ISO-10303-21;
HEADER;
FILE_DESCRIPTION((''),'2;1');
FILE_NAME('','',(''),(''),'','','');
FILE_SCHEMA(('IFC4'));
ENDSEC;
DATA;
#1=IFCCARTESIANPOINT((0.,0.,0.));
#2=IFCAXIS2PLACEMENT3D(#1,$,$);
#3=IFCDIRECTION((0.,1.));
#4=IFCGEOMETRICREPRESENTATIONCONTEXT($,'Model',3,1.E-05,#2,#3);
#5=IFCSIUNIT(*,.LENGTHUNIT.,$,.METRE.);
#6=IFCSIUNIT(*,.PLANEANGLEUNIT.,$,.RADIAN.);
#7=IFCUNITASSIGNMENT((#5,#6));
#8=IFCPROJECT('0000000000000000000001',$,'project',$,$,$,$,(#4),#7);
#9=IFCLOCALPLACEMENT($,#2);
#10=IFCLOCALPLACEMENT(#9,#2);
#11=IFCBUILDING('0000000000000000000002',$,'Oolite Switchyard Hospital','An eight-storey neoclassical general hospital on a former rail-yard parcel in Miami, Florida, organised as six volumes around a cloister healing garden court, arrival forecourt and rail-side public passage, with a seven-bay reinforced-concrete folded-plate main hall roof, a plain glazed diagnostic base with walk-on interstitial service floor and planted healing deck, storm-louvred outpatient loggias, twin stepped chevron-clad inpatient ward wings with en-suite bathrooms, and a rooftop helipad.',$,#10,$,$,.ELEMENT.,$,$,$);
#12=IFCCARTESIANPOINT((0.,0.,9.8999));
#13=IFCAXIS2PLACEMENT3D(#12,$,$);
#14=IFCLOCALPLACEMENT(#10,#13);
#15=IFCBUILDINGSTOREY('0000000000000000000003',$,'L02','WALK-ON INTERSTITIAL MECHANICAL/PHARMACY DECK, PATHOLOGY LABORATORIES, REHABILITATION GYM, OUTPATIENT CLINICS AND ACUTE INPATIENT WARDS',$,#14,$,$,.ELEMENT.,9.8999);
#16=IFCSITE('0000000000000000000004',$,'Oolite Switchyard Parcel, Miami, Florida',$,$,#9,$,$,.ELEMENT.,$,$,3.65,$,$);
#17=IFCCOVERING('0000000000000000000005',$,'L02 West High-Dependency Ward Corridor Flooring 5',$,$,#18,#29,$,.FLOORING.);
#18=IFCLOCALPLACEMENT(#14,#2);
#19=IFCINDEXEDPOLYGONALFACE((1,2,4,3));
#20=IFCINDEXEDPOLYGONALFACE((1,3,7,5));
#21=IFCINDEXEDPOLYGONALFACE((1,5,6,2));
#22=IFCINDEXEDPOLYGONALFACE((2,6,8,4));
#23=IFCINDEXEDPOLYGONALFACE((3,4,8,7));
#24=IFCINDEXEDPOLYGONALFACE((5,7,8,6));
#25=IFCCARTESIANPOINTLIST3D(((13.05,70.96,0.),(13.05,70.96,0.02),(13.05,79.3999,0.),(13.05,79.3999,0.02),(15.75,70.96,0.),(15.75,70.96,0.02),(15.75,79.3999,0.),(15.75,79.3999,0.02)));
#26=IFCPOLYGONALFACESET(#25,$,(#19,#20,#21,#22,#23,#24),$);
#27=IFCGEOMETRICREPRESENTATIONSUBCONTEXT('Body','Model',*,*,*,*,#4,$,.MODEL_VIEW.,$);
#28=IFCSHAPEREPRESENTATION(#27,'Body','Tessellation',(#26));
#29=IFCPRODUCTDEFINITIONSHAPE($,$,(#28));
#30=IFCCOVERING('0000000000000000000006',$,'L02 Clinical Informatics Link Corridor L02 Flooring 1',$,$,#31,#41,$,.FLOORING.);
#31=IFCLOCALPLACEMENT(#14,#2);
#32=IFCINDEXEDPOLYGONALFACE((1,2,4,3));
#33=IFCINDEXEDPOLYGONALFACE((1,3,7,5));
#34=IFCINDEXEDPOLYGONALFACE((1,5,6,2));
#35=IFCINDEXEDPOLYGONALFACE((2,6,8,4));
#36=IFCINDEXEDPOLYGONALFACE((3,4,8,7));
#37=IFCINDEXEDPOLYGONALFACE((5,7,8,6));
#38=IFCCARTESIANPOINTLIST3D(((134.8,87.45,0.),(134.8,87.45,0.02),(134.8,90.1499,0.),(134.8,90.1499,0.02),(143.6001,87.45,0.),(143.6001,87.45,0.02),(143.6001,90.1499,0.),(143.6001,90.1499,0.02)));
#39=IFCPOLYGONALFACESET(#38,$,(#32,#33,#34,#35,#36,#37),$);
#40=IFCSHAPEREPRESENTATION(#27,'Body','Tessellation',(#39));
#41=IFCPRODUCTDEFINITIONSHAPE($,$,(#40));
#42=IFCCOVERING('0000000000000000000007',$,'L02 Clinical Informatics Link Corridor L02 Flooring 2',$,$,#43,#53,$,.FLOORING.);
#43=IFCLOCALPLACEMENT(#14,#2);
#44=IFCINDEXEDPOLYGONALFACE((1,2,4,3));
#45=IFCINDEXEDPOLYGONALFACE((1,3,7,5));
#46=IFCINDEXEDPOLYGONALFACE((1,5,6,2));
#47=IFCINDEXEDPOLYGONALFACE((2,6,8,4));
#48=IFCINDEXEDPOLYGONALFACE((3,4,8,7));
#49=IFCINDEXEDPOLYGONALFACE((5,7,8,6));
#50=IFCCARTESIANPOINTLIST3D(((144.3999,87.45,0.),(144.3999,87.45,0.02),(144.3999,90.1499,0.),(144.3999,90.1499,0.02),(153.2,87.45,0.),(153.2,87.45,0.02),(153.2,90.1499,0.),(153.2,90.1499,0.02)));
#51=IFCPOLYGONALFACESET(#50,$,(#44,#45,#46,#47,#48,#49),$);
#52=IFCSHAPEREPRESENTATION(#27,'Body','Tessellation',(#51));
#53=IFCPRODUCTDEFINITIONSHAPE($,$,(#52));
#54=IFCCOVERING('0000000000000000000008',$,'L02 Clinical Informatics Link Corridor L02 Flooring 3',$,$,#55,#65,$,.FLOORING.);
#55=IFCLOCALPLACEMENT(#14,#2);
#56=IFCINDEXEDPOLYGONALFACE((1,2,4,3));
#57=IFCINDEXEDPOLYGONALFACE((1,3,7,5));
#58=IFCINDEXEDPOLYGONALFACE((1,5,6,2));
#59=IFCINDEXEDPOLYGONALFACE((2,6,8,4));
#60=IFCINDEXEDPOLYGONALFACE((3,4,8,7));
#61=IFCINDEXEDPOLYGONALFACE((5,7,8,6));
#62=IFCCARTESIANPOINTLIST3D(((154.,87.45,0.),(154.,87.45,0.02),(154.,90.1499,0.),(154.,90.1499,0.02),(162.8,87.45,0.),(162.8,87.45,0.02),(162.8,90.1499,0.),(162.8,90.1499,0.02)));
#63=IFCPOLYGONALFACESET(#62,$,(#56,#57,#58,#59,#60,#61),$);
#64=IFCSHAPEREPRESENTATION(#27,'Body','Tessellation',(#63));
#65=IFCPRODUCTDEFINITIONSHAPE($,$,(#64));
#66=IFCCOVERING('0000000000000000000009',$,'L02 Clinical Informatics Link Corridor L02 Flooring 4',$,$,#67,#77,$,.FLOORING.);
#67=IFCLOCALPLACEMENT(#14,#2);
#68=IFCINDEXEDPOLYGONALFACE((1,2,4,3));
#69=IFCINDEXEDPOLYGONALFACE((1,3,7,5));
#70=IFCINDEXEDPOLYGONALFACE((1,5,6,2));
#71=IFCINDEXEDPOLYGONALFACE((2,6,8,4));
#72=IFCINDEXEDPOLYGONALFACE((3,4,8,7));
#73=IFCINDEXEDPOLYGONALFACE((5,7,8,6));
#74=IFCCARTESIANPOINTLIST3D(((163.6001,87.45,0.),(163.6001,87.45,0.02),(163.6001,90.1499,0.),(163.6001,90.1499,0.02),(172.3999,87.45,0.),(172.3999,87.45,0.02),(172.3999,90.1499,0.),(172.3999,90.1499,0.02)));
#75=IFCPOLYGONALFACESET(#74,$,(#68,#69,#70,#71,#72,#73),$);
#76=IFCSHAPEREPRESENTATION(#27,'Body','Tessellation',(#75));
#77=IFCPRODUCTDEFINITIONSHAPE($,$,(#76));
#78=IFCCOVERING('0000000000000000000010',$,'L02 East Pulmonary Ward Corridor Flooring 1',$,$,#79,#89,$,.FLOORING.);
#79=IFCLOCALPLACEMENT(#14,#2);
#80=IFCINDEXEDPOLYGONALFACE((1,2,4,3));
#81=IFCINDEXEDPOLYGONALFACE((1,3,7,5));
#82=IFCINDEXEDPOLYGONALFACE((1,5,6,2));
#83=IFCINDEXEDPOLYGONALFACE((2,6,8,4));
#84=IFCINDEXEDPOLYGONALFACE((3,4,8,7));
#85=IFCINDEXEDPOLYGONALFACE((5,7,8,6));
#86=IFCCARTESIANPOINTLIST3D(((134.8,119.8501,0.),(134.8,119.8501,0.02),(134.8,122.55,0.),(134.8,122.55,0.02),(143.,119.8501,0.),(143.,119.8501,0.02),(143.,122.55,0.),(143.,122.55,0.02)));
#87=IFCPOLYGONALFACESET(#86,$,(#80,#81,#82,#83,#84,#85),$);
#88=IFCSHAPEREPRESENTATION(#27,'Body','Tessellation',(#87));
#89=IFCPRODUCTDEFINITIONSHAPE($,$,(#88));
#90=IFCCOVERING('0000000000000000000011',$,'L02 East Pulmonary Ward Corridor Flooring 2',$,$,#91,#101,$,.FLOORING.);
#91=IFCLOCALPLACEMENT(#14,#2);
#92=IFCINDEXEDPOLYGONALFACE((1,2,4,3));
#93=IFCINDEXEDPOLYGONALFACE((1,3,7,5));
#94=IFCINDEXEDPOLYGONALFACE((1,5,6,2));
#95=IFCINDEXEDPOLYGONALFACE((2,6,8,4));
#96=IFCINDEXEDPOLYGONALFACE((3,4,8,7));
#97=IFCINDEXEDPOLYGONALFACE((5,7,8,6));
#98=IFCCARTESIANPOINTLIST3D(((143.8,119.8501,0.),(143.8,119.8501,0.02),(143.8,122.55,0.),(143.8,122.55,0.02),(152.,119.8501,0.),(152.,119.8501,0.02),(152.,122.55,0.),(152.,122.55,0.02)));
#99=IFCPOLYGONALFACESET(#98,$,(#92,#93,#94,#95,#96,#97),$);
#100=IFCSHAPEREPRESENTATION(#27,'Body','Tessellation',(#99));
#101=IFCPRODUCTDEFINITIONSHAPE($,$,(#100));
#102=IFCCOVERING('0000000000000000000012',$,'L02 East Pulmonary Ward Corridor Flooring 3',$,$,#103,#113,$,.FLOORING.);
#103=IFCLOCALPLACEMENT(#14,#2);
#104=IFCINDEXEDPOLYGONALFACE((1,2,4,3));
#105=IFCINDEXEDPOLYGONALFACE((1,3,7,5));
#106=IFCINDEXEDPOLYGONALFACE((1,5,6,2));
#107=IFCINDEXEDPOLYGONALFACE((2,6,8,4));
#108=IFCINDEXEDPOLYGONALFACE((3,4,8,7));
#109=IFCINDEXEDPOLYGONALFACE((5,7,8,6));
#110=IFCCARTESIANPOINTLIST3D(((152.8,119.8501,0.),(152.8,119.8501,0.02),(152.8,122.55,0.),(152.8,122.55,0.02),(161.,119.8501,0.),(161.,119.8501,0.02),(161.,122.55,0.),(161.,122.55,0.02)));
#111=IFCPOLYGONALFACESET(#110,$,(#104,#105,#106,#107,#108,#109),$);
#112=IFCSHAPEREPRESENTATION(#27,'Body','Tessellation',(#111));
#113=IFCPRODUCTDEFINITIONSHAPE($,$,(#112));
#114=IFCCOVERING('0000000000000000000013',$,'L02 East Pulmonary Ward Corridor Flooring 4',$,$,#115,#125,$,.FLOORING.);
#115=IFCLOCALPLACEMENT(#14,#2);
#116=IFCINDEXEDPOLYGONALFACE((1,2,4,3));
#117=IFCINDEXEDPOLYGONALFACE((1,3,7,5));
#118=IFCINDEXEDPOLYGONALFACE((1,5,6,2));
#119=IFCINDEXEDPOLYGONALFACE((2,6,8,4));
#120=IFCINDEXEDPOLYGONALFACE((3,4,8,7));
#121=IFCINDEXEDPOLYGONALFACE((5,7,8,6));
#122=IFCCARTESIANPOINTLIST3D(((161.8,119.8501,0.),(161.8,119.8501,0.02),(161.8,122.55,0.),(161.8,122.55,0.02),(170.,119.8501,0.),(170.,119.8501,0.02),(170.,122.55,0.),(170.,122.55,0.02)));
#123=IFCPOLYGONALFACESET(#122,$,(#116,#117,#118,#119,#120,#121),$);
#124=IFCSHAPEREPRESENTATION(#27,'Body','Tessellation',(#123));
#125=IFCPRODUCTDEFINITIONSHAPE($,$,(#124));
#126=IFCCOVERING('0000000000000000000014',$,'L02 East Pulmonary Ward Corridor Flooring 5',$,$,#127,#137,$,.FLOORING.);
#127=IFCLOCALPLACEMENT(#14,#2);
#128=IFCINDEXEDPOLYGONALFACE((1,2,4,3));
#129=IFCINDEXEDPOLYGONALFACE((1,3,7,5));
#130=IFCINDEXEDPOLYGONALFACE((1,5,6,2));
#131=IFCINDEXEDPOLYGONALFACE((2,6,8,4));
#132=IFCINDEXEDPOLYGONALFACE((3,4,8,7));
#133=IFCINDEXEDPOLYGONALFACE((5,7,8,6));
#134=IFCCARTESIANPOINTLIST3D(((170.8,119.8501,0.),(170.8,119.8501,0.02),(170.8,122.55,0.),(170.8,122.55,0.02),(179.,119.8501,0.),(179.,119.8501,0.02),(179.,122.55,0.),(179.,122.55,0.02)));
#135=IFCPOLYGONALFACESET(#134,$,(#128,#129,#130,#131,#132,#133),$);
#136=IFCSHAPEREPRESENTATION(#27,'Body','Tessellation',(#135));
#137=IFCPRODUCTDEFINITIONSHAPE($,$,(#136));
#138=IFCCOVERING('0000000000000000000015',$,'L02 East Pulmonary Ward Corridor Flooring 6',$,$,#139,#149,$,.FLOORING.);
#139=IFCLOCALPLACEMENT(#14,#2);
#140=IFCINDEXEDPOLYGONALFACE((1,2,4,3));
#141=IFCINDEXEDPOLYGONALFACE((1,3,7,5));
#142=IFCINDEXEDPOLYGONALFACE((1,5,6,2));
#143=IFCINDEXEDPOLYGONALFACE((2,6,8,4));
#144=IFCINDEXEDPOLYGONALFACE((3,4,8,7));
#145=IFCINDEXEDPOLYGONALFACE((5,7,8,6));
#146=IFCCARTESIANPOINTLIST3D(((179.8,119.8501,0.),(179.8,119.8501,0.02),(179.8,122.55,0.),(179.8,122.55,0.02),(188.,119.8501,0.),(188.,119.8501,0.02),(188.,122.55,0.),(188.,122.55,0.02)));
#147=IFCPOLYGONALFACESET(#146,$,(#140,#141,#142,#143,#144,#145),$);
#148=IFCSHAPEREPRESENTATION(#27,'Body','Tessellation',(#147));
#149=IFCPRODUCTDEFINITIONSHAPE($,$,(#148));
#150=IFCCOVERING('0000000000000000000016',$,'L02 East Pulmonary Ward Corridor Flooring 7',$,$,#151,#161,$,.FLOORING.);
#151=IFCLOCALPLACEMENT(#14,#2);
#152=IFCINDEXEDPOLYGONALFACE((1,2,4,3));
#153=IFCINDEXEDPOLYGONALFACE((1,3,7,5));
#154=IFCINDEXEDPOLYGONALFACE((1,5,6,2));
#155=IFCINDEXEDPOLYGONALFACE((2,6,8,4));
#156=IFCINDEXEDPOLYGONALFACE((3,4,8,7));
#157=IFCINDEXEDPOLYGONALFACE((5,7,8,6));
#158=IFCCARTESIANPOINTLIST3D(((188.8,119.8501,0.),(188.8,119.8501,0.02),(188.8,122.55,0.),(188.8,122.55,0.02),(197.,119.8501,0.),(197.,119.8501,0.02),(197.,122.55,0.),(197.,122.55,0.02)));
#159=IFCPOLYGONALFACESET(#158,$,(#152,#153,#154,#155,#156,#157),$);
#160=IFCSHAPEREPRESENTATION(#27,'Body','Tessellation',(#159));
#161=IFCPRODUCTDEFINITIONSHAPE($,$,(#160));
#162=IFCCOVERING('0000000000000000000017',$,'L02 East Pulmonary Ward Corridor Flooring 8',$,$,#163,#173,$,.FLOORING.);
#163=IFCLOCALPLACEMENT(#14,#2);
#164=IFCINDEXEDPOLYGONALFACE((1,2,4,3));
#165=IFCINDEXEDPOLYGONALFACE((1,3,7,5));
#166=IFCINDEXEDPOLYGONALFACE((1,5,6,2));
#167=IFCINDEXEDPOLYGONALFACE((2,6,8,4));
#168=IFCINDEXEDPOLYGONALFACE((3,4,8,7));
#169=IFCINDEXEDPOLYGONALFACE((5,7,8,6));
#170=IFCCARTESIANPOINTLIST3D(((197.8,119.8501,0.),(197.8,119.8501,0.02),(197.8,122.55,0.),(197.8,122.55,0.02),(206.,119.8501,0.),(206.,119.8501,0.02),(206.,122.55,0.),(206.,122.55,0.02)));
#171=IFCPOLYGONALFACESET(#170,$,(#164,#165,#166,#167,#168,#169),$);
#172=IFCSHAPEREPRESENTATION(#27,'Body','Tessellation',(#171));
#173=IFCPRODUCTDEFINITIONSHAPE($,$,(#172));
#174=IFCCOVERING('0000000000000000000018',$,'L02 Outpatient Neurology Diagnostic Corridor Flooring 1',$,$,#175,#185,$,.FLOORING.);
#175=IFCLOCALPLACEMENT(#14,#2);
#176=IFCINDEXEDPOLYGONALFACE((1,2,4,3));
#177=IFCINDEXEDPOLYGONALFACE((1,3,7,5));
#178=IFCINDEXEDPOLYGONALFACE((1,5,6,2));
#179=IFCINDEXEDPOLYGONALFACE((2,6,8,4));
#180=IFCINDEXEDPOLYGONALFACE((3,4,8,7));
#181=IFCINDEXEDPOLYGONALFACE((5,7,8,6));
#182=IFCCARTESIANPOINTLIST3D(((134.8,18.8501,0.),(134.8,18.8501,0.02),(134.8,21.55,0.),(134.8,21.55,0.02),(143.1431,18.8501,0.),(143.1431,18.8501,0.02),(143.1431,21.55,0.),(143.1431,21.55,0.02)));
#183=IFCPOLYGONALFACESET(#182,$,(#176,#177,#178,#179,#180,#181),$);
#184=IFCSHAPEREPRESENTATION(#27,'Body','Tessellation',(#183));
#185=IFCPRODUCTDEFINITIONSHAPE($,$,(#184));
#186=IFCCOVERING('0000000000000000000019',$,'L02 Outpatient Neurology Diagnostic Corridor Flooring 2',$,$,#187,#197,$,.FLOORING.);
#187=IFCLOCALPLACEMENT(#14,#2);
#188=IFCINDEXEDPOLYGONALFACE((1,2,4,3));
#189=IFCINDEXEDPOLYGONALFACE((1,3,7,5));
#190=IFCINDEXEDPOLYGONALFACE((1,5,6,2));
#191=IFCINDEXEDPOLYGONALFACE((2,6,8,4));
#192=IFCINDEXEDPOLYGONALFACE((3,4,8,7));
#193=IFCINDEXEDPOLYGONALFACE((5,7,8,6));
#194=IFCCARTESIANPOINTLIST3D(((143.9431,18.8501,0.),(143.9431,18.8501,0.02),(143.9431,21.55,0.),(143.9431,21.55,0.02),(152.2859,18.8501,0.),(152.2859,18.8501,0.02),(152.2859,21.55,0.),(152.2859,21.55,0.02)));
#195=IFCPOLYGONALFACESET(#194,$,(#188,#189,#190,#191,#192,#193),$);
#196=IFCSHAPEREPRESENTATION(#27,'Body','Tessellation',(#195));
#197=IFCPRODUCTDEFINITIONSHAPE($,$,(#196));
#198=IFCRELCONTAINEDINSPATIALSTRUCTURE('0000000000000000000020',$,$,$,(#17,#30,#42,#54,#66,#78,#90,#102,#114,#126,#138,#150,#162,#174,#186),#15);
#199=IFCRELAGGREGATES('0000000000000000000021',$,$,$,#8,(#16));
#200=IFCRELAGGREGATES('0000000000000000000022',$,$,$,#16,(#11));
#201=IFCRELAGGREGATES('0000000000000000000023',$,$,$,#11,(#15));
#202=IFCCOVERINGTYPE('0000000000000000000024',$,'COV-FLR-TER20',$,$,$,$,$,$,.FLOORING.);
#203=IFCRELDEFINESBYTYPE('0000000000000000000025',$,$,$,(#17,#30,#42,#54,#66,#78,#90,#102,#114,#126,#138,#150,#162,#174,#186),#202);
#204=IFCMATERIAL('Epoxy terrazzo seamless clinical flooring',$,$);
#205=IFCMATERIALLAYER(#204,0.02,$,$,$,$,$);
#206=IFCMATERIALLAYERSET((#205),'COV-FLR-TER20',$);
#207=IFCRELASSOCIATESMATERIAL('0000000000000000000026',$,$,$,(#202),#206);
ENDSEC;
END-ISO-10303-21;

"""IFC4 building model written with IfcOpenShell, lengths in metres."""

from ifc_helpers import new_model, si_unit, direction, frame, origin, place, context, subcontext, project, spatial, polyline, outline, extrude, material, layer, layer_set, type_object, element, save


model = new_model("IFC4")

# Units and contexts
model_context = context("Model", 3, precision=1e-05, world=origin(), true_north=direction((0.0, 1.0)))
body_context = subcontext(model_context, "Body", "Model", "MODEL_VIEW")
ifc_project = project(units=[si_unit("LENGTHUNIT", "METRE"), si_unit("PLANEANGLEUNIT", "RADIAN")], contexts=[model_context])

# Site, building, storey
site_placement = place(None, origin())
site = spatial("IfcSite", under=ifc_project, at=site_placement, Name="Oolite Switchyard Parcel, Miami, Florida", CompositionType="ELEMENT", RefElevation=3.65)
building_placement = place(site_placement, origin())
building = spatial("IfcBuilding", under=site, at=building_placement, Name="Oolite Switchyard Hospital", Description="An eight-storey neoclassical general hospital on a former rail-yard parcel in Miami, Florida, organised as six volumes around a cloister healing garden court, arrival forecourt and rail-side public passage, with a seven-bay reinforced-concrete folded-plate main hall roof, a plain glazed diagnostic base with walk-on interstitial service floor and planted healing deck, storm-louvred outpatient loggias, twin stepped chevron-clad inpatient ward wings with en-suite bathrooms, and a rooftop helipad.", CompositionType="ELEMENT")
storey_placement = place(building_placement, frame((0.0, 0.0, 9.8999)))
storey = spatial("IfcBuildingStorey", under=building, at=storey_placement, Name="L02", Description="WALK-ON INTERSTITIAL MECHANICAL/PHARMACY DECK, PATHOLOGY LABORATORIES, REHABILITATION GYM, OUTPATIENT CLINICS AND ACUTE INPATIENT WARDS", CompositionType="ELEMENT", Elevation=9.8999)

# Coverings
ifc_material = material(Name="Epoxy terrazzo seamless clinical flooring")
ifc_layer = layer(ifc_material, 0.02)
ifc_layer_set = layer_set([ifc_layer], Name="COV-FLR-TER20")
covering_type = type_object("IfcCoveringType", Name="COV-FLR-TER20", PredefinedType="FLOORING", material=ifc_layer_set)
covering_1_placement = place(storey_placement, origin())
element("IfcCovering", 1, at=covering_1_placement, inside=storey, type_object=covering_type, Name="L02 West High-Dependency Ward Corridor Flooring 5", PredefinedType="FLOORING", context=body_context, shape_type="SweptSolid", body=[
    extrude(outline(polyline([(13.05, 70.96), (15.75, 70.96), (15.75, 79.3999), (13.05, 79.3999), (13.05, 70.96)])), origin(), (0.0, 0.0, 1.0), 0.02),
])
covering_2_placement = place(storey_placement, origin())
element("IfcCovering", 2, at=covering_2_placement, inside=storey, type_object=covering_type, Name="L02 Clinical Informatics Link Corridor L02 Flooring 1", PredefinedType="FLOORING", context=body_context, shape_type="SweptSolid", body=[
    extrude(outline(polyline([(134.8, 87.45), (143.6001, 87.45), (143.6001, 90.1499), (134.8, 90.1499), (134.8, 87.45)])), origin(), (0.0, 0.0, 1.0), 0.02),
])
covering_3_placement = place(storey_placement, origin())
element("IfcCovering", 3, at=covering_3_placement, inside=storey, type_object=covering_type, Name="L02 Clinical Informatics Link Corridor L02 Flooring 2", PredefinedType="FLOORING", context=body_context, shape_type="SweptSolid", body=[
    extrude(outline(polyline([(144.3999, 87.45), (153.2, 87.45), (153.2, 90.1499), (144.3999, 90.1499), (144.3999, 87.45)])), origin(), (0.0, 0.0, 1.0), 0.02),
])
covering_4_placement = place(storey_placement, origin())
element("IfcCovering", 4, at=covering_4_placement, inside=storey, type_object=covering_type, Name="L02 Clinical Informatics Link Corridor L02 Flooring 3", PredefinedType="FLOORING", context=body_context, shape_type="SweptSolid", body=[
    extrude(outline(polyline([(154.0, 87.45), (162.8, 87.45), (162.8, 90.1499), (154.0, 90.1499), (154.0, 87.45)])), origin(), (0.0, 0.0, 1.0), 0.02),
])
covering_5_placement = place(storey_placement, origin())
element("IfcCovering", 5, at=covering_5_placement, inside=storey, type_object=covering_type, Name="L02 Clinical Informatics Link Corridor L02 Flooring 4", PredefinedType="FLOORING", context=body_context, shape_type="SweptSolid", body=[
    extrude(outline(polyline([(163.6001, 87.45), (172.3999, 87.45), (172.3999, 90.1499), (163.6001, 90.1499), (163.6001, 87.45)])), origin(), (0.0, 0.0, 1.0), 0.02),
])
covering_6_placement = place(storey_placement, origin())
element("IfcCovering", 6, at=covering_6_placement, inside=storey, type_object=covering_type, Name="L02 East Pulmonary Ward Corridor Flooring 1", PredefinedType="FLOORING", context=body_context, shape_type="SweptSolid", body=[
    extrude(outline(polyline([(134.8, 119.8501), (143.0, 119.8501), (143.0, 122.55), (134.8, 122.55), (134.8, 119.8501)])), origin(), (0.0, 0.0, 1.0), 0.02),
])
covering_7_placement = place(storey_placement, origin())
element("IfcCovering", 7, at=covering_7_placement, inside=storey, type_object=covering_type, Name="L02 East Pulmonary Ward Corridor Flooring 2", PredefinedType="FLOORING", context=body_context, shape_type="SweptSolid", body=[
    extrude(outline(polyline([(143.8, 119.8501), (152.0, 119.8501), (152.0, 122.55), (143.8, 122.55), (143.8, 119.8501)])), origin(), (0.0, 0.0, 1.0), 0.02),
])
covering_8_placement = place(storey_placement, origin())
element("IfcCovering", 8, at=covering_8_placement, inside=storey, type_object=covering_type, Name="L02 East Pulmonary Ward Corridor Flooring 3", PredefinedType="FLOORING", context=body_context, shape_type="SweptSolid", body=[
    extrude(outline(polyline([(152.8, 119.8501), (161.0, 119.8501), (161.0, 122.55), (152.8, 122.55), (152.8, 119.8501)])), origin(), (0.0, 0.0, 1.0), 0.02),
])
covering_9_placement = place(storey_placement, origin())
element("IfcCovering", 9, at=covering_9_placement, inside=storey, type_object=covering_type, Name="L02 East Pulmonary Ward Corridor Flooring 4", PredefinedType="FLOORING", context=body_context, shape_type="SweptSolid", body=[
    extrude(outline(polyline([(161.8, 119.8501), (170.0, 119.8501), (170.0, 122.55), (161.8, 122.55), (161.8, 119.8501)])), origin(), (0.0, 0.0, 1.0), 0.02),
])
covering_10_placement = place(storey_placement, origin())
element("IfcCovering", 10, at=covering_10_placement, inside=storey, type_object=covering_type, Name="L02 East Pulmonary Ward Corridor Flooring 5", PredefinedType="FLOORING", context=body_context, shape_type="SweptSolid", body=[
    extrude(outline(polyline([(170.8, 119.8501), (179.0, 119.8501), (179.0, 122.55), (170.8, 122.55), (170.8, 119.8501)])), origin(), (0.0, 0.0, 1.0), 0.02),
])
covering_11_placement = place(storey_placement, origin())
element("IfcCovering", 11, at=covering_11_placement, inside=storey, type_object=covering_type, Name="L02 East Pulmonary Ward Corridor Flooring 6", PredefinedType="FLOORING", context=body_context, shape_type="SweptSolid", body=[
    extrude(outline(polyline([(179.8, 119.8501), (188.0, 119.8501), (188.0, 122.55), (179.8, 122.55), (179.8, 119.8501)])), origin(), (0.0, 0.0, 1.0), 0.02),
])
covering_12_placement = place(storey_placement, origin())
element("IfcCovering", 12, at=covering_12_placement, inside=storey, type_object=covering_type, Name="L02 East Pulmonary Ward Corridor Flooring 7", PredefinedType="FLOORING", context=body_context, shape_type="SweptSolid", body=[
    extrude(outline(polyline([(188.8, 119.8501), (197.0, 119.8501), (197.0, 122.55), (188.8, 122.55), (188.8, 119.8501)])), origin(), (0.0, 0.0, 1.0), 0.02),
])
covering_13_placement = place(storey_placement, origin())
element("IfcCovering", 13, at=covering_13_placement, inside=storey, type_object=covering_type, Name="L02 East Pulmonary Ward Corridor Flooring 8", PredefinedType="FLOORING", context=body_context, shape_type="SweptSolid", body=[
    extrude(outline(polyline([(197.8, 119.8501), (206.0, 119.8501), (206.0, 122.55), (197.8, 122.55), (197.8, 119.8501)])), origin(), (0.0, 0.0, 1.0), 0.02),
])
covering_14_placement = place(storey_placement, origin())
element("IfcCovering", 14, at=covering_14_placement, inside=storey, type_object=covering_type, Name="L02 Outpatient Neurology Diagnostic Corridor Flooring 1", PredefinedType="FLOORING", context=body_context, shape_type="SweptSolid", body=[
    extrude(outline(polyline([(134.8, 18.8501), (143.1431, 18.8501), (143.1431, 21.55), (134.8, 21.55), (134.8, 18.8501)])), origin(), (0.0, 0.0, 1.0), 0.02),
])
covering_15_placement = place(storey_placement, origin())
element("IfcCovering", 15, at=covering_15_placement, inside=storey, type_object=covering_type, Name="L02 Outpatient Neurology Diagnostic Corridor Flooring 2", PredefinedType="FLOORING", context=body_context, shape_type="SweptSolid", body=[
    extrude(outline(polyline([(143.9431, 18.8501), (152.2859, 18.8501), (152.2859, 21.55), (143.9431, 21.55), (143.9431, 18.8501)])), origin(), (0.0, 0.0, 1.0), 0.02),
])

save(model, "model.ifc")
